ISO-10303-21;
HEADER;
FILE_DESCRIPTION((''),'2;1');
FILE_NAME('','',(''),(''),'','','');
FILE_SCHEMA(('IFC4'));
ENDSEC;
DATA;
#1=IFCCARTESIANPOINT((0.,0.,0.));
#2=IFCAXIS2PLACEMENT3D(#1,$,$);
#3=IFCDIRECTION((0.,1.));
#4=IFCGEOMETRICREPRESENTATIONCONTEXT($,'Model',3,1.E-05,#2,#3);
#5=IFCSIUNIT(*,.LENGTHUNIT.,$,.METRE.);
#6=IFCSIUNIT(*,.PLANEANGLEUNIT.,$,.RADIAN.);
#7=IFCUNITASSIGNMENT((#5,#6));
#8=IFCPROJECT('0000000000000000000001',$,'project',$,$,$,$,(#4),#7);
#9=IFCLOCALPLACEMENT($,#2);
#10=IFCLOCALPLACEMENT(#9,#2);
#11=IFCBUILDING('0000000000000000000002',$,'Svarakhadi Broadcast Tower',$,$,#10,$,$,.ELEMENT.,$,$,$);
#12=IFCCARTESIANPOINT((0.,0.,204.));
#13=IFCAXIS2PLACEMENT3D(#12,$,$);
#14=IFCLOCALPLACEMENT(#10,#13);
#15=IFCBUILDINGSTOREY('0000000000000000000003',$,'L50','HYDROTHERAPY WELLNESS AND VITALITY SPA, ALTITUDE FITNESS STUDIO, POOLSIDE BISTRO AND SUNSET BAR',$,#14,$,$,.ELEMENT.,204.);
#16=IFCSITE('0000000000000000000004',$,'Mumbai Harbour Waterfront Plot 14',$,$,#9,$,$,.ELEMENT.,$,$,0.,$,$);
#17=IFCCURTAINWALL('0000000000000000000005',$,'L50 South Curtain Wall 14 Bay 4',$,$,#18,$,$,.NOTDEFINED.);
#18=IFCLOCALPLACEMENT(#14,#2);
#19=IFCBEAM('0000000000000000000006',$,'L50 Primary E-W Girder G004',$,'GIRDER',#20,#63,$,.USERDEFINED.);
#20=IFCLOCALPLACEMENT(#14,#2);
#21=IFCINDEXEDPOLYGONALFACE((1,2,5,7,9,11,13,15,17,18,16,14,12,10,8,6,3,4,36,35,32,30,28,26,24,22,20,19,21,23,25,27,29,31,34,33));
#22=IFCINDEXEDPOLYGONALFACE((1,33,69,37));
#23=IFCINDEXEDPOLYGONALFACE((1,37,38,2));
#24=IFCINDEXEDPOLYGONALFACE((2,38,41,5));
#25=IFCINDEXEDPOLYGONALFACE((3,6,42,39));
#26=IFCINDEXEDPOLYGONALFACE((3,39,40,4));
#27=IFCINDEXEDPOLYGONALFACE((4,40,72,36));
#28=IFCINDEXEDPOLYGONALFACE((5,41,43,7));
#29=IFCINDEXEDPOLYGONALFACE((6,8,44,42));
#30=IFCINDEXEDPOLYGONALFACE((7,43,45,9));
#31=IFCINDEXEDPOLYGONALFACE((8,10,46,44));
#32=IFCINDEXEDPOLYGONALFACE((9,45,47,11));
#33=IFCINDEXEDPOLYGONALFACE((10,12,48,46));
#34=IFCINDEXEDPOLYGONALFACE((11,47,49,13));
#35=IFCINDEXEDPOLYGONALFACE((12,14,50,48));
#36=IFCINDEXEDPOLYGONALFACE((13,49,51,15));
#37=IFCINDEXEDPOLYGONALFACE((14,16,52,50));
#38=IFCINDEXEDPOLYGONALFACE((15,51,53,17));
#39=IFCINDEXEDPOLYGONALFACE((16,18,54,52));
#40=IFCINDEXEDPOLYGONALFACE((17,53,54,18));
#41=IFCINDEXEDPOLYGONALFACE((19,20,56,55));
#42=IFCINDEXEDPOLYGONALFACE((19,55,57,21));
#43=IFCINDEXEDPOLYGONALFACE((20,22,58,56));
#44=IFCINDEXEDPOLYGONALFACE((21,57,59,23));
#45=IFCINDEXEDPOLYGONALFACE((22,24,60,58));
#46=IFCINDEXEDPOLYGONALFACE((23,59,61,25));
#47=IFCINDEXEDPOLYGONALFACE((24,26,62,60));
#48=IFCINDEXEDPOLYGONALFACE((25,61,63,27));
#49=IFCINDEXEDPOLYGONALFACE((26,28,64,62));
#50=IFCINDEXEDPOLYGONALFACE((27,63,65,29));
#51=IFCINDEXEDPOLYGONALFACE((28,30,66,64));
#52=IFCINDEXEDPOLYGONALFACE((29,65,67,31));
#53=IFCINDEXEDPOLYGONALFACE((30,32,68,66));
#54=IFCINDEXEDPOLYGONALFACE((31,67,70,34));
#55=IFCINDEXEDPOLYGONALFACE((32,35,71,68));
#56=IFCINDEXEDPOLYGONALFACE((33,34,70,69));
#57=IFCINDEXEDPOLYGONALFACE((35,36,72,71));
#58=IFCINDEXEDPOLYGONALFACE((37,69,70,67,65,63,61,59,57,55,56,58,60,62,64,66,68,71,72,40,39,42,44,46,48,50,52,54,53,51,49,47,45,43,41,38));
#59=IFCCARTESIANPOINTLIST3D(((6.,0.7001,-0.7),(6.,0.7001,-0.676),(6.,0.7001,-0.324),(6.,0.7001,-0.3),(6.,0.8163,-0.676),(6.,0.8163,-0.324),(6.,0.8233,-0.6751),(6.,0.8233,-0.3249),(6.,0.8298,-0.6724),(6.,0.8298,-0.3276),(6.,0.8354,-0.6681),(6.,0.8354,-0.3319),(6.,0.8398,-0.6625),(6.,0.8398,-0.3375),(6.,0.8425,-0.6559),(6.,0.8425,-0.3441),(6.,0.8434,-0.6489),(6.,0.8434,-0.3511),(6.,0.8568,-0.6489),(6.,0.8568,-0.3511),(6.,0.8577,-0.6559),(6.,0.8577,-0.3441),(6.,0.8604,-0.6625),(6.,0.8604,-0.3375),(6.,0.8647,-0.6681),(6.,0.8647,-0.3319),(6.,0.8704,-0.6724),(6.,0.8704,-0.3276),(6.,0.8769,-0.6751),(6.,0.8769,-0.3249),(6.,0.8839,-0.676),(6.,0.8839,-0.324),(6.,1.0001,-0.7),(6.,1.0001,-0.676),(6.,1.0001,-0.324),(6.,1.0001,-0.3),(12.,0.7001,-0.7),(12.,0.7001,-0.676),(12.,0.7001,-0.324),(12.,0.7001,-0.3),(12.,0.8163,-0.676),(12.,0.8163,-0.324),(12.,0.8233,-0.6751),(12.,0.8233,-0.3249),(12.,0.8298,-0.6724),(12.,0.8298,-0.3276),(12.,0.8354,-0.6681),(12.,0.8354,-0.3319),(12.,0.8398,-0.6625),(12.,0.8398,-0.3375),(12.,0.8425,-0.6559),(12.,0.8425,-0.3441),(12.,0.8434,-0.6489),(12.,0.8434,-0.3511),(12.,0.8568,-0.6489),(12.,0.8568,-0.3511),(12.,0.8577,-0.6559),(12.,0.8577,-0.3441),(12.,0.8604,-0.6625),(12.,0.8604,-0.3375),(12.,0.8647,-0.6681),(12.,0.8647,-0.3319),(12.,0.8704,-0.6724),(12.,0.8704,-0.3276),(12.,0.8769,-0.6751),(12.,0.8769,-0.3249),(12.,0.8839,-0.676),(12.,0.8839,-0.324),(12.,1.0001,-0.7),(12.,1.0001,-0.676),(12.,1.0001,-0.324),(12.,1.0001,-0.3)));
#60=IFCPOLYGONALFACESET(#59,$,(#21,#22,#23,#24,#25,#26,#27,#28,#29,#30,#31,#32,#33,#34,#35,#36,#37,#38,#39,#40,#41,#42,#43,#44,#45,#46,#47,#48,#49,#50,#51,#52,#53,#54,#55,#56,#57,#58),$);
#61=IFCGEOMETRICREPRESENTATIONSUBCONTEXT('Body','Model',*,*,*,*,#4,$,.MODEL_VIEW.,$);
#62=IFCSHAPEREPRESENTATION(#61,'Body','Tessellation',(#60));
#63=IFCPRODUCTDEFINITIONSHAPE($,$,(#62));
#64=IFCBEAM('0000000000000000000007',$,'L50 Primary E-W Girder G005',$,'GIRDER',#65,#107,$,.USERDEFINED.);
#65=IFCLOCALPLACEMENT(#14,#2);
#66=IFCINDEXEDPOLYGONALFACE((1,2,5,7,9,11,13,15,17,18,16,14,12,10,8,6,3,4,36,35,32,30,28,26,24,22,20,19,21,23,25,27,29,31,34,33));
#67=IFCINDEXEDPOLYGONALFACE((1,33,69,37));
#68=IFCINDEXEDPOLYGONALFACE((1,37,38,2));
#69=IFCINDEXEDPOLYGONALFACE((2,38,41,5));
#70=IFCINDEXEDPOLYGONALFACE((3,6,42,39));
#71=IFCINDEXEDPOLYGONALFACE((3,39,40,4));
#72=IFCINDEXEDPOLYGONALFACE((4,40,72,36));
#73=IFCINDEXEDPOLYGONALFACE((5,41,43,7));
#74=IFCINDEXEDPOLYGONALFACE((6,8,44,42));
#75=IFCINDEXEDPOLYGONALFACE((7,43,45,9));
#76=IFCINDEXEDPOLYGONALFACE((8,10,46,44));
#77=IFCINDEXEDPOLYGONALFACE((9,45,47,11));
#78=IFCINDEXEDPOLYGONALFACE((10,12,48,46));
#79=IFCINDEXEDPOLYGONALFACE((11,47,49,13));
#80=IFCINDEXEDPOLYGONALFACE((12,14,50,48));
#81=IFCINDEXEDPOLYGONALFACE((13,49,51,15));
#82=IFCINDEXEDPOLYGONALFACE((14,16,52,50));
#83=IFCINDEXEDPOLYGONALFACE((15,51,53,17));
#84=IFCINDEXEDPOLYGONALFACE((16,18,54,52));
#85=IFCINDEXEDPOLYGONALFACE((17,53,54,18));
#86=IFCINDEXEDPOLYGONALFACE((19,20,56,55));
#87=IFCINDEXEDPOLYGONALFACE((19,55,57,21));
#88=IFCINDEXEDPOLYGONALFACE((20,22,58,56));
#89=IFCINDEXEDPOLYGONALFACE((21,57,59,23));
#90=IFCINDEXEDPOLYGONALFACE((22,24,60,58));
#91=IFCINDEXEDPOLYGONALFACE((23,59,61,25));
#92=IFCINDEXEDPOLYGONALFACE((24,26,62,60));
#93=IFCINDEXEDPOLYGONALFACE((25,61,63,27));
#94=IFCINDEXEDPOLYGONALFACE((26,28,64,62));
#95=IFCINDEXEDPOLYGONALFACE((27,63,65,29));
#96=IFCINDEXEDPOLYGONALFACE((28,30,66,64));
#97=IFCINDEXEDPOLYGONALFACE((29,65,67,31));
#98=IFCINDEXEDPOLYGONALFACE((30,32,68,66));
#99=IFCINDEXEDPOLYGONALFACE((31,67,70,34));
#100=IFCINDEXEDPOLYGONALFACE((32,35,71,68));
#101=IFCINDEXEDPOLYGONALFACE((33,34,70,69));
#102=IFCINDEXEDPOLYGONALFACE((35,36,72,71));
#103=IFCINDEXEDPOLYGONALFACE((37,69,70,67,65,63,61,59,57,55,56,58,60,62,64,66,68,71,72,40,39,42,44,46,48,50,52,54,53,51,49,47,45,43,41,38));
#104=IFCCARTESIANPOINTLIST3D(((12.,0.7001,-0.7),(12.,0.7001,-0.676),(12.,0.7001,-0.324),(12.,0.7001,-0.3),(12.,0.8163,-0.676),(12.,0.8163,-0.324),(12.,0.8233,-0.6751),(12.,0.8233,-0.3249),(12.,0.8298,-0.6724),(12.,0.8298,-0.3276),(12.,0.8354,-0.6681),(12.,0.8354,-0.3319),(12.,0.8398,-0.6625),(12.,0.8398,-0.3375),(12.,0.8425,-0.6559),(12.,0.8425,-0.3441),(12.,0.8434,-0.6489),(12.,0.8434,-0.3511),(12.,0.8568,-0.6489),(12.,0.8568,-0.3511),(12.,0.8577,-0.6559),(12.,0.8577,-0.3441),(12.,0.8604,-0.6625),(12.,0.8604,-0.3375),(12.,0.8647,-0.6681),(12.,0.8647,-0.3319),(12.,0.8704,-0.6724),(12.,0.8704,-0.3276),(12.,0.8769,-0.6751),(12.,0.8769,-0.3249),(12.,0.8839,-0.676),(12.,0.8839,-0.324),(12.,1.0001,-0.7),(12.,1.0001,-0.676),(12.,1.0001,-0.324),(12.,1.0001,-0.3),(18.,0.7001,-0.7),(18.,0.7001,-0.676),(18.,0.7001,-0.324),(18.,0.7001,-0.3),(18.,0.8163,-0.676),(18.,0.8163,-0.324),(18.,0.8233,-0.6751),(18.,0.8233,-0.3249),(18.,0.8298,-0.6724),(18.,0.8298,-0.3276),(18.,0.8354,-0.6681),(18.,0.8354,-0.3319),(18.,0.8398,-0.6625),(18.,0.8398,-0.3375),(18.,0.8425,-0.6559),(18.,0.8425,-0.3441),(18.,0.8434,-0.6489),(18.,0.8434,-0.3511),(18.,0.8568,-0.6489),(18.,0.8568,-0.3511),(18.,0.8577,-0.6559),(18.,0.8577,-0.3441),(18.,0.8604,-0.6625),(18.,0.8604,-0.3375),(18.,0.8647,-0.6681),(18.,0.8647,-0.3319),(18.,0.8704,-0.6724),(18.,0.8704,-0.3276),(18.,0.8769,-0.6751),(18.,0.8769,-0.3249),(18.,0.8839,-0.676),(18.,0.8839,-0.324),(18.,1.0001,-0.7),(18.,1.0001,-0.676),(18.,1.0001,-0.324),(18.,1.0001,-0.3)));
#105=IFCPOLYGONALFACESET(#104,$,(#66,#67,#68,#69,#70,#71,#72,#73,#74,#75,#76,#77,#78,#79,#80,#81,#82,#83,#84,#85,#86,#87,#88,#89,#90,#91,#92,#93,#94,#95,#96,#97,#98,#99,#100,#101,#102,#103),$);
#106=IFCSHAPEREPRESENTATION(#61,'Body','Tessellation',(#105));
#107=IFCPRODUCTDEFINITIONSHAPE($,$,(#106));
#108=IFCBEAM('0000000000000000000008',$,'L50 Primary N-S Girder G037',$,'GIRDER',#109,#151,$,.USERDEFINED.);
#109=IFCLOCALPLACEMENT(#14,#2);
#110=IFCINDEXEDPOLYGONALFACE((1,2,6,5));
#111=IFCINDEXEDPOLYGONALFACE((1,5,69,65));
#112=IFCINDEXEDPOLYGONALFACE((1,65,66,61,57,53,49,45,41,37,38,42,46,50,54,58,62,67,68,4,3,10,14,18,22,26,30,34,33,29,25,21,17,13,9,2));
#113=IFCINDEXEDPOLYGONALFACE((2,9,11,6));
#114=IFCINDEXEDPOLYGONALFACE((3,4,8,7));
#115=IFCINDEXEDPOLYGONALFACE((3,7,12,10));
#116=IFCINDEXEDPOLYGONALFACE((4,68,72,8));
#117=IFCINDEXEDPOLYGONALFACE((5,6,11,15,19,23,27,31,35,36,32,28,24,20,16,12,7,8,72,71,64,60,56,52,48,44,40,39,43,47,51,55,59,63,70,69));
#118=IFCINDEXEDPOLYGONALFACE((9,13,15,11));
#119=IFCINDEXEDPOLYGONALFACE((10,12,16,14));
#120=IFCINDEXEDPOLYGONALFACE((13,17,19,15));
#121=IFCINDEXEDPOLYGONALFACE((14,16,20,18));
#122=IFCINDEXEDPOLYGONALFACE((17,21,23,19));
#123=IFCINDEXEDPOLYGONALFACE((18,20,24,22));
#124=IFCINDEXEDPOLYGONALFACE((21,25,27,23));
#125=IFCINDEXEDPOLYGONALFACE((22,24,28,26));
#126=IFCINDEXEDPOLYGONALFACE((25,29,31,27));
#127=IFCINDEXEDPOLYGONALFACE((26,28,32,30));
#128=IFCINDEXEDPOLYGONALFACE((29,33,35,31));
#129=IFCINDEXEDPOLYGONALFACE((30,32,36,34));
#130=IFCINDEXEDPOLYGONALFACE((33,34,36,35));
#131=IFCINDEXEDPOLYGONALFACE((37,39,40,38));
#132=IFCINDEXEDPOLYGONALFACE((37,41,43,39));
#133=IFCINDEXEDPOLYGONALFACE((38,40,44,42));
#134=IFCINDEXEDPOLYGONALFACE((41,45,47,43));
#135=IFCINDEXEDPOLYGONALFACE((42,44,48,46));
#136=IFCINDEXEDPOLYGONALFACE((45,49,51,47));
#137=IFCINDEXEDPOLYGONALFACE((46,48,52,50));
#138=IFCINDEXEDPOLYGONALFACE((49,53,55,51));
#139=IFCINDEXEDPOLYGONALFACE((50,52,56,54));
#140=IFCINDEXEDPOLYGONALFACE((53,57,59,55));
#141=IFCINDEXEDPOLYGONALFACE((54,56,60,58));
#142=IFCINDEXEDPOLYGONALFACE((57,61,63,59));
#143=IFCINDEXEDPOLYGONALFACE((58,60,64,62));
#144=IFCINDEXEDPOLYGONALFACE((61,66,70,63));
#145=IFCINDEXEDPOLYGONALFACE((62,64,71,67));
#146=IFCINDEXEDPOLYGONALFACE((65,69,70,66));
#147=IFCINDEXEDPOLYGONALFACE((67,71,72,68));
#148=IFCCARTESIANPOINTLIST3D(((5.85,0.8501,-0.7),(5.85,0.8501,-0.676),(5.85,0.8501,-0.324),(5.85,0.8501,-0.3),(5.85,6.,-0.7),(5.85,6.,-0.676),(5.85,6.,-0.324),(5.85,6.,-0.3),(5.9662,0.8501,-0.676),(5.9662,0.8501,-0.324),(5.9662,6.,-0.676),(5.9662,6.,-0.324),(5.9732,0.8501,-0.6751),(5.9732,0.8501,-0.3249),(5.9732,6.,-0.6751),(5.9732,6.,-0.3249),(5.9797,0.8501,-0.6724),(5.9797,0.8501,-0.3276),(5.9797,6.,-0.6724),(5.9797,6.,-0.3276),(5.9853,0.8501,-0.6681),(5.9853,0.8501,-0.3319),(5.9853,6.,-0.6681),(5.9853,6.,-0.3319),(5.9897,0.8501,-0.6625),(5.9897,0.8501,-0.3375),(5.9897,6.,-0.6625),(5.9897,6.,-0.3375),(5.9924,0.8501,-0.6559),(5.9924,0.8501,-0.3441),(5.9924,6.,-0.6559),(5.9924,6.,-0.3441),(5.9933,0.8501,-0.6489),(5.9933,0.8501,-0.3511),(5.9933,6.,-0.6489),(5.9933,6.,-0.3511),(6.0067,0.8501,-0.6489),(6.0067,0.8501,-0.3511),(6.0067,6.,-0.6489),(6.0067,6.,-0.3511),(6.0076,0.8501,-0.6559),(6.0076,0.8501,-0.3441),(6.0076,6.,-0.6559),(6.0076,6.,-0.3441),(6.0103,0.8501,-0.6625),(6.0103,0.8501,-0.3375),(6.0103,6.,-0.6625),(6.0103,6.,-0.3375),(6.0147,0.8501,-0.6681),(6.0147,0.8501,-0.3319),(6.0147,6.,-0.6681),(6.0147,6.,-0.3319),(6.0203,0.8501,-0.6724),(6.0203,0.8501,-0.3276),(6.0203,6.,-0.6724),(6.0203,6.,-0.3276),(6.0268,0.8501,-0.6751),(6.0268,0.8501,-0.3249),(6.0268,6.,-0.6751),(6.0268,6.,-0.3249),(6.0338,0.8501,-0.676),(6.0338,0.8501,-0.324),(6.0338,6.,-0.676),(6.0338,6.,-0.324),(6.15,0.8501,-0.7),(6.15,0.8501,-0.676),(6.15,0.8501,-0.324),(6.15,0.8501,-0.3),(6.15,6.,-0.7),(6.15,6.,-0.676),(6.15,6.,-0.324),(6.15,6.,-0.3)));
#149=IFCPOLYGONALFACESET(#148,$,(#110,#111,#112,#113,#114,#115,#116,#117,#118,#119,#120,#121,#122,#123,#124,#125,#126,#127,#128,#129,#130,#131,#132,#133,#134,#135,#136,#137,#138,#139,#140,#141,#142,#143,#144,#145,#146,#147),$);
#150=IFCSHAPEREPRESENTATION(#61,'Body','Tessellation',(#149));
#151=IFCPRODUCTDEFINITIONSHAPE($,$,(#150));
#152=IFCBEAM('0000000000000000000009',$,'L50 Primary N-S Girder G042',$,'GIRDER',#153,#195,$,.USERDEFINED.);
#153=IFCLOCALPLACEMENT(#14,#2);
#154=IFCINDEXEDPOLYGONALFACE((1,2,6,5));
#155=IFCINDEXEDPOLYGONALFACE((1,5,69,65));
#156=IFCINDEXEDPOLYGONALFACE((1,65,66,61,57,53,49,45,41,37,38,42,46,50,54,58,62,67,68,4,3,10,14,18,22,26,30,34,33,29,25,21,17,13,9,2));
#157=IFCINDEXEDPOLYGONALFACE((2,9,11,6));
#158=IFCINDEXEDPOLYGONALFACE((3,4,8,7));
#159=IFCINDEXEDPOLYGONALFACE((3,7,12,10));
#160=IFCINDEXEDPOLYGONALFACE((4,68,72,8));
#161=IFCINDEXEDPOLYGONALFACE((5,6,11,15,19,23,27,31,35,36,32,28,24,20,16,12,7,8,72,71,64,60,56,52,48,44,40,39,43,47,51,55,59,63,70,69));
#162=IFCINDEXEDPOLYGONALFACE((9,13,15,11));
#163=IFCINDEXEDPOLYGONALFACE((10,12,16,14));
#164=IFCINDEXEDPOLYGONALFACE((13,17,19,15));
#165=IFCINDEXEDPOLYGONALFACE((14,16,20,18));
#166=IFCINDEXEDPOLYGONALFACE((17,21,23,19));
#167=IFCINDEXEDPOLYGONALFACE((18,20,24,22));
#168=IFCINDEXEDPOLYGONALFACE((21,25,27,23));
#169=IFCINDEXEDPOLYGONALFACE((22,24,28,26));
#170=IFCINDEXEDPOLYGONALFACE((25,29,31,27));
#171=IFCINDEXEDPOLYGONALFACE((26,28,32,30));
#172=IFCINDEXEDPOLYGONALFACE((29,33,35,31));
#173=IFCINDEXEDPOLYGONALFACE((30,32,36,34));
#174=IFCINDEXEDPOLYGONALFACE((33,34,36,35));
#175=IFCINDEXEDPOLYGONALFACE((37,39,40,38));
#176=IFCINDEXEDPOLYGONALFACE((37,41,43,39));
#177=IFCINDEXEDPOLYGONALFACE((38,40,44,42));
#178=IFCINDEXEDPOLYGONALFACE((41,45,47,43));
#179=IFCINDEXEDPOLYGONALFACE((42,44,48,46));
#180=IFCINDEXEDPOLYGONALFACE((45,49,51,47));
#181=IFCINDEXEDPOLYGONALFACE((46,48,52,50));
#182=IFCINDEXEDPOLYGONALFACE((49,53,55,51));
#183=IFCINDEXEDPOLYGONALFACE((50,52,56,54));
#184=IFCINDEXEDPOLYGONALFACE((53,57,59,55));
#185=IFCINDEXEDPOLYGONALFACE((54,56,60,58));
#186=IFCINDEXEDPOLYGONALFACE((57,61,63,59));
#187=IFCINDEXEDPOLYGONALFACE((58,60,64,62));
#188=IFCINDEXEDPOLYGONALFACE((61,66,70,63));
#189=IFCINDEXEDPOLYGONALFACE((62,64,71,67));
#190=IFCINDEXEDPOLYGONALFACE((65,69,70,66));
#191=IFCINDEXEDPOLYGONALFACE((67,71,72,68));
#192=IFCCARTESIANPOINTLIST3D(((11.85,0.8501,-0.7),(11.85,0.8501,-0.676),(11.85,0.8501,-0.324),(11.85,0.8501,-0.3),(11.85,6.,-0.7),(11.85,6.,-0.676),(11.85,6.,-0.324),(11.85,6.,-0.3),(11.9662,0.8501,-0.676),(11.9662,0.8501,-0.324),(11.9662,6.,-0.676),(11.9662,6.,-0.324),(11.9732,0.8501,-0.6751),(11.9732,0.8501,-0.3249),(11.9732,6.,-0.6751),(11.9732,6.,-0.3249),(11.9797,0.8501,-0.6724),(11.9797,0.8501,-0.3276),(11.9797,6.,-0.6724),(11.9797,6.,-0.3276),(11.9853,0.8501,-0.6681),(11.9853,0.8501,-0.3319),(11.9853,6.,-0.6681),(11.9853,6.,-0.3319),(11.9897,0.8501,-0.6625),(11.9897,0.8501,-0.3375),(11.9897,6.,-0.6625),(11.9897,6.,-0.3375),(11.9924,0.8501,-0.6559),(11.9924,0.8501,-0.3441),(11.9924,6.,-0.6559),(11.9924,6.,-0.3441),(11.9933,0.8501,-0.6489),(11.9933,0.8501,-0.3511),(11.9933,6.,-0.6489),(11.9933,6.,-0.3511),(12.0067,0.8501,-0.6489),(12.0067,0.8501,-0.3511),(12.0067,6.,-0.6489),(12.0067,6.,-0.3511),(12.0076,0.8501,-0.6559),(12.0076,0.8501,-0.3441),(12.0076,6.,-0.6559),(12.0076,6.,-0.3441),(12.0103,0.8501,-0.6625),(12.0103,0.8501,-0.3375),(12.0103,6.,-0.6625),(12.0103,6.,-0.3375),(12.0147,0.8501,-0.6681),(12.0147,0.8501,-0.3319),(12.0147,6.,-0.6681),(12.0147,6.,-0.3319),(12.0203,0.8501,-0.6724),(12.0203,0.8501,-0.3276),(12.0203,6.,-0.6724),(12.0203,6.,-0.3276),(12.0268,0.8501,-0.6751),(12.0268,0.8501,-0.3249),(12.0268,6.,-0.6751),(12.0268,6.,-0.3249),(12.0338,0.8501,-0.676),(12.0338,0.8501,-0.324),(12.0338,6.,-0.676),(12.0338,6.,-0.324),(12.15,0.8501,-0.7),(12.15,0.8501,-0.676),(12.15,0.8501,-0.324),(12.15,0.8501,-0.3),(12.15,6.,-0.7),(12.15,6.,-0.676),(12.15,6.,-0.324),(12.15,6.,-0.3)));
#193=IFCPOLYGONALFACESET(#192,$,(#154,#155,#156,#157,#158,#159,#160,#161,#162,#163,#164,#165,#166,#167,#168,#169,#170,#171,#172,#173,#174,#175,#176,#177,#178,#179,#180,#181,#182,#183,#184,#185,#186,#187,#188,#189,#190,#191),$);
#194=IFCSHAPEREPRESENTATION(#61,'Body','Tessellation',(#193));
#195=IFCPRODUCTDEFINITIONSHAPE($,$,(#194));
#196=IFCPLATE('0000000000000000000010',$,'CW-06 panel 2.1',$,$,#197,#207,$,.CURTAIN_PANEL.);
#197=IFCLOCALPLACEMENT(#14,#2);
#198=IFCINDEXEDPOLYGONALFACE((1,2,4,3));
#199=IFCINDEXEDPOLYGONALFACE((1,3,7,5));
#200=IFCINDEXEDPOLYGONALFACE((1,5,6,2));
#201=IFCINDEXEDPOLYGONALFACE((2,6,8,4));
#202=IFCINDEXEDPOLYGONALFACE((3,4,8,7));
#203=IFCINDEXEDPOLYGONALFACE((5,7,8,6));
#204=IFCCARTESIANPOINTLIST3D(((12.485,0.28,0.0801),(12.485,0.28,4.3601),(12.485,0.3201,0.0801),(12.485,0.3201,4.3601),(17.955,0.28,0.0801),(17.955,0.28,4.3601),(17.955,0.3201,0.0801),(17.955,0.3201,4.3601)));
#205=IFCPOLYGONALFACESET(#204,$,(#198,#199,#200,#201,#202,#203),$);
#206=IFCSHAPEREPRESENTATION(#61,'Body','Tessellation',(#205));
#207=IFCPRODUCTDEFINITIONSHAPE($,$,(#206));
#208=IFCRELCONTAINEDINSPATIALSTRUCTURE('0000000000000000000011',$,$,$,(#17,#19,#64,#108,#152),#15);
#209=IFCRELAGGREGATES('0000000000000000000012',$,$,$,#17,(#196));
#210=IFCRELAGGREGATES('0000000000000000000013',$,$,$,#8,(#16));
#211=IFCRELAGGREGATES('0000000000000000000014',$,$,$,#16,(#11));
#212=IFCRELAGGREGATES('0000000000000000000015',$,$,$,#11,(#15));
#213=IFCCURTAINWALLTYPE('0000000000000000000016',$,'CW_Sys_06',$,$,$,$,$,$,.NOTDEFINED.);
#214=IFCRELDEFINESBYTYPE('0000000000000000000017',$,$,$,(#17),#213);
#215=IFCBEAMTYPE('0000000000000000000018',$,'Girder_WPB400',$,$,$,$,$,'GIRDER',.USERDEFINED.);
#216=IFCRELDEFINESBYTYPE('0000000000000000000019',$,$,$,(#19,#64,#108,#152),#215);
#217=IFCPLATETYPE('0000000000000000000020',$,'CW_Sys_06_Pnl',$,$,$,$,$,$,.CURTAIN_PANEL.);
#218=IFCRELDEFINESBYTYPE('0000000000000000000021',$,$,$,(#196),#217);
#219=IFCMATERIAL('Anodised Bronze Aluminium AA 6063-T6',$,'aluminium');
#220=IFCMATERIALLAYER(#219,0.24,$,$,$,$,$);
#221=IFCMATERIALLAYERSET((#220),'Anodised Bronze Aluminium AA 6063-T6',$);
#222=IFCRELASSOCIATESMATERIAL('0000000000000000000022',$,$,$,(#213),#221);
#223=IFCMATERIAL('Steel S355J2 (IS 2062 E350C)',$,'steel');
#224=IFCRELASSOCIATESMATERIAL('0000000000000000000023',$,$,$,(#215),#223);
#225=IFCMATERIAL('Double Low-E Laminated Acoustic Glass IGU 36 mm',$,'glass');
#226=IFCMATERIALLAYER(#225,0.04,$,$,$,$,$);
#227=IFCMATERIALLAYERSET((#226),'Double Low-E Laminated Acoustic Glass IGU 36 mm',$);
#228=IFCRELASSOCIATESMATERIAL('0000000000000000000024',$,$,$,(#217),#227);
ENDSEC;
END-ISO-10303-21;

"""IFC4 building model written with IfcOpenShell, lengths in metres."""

from ifc_helpers import new_model, si_unit, direction, frame, origin, origin_2d, place, context, subcontext, project, spatial, rectangle, i_section, extrude, material, layer, layer_set, material_profile, profile_set, type_object, element, aggregate, save


model = new_model("IFC4")

# Units and contexts
model_context = context("Model", 3, precision=1e-05, world=origin(), true_north=direction((0.0, 1.0)))
body_context = subcontext(model_context, "Body", "Model", "MODEL_VIEW")
ifc_project = project(units=[si_unit("LENGTHUNIT", "METRE"), si_unit("PLANEANGLEUNIT", "RADIAN")], contexts=[model_context])

# Site, building, storey
site_placement = place(None, origin())
site = spatial("IfcSite", under=ifc_project, at=site_placement, Name="Mumbai Harbour Waterfront Plot 14", CompositionType="ELEMENT", RefElevation=0.0)
building_placement = place(site_placement, origin())
building = spatial("IfcBuilding", under=site, at=building_placement, Name="Svarakhadi Broadcast Tower", CompositionType="ELEMENT")
storey_placement = place(building_placement, frame((0.0, 0.0, 204.0)))
storey = spatial("IfcBuildingStorey", under=building, at=storey_placement, Name="L50", Description="HYDROTHERAPY WELLNESS AND VITALITY SPA, ALTITUDE FITNESS STUDIO, POOLSIDE BISTRO AND SUNSET BAR", CompositionType="ELEMENT", Elevation=204.0)

# Curtain wall
ifc_material_1 = material(Name="Anodised Bronze Aluminium AA 6063-T6", Category="aluminium")
ifc_layer_1 = layer(ifc_material_1, 0.24)
ifc_layer_set_1 = layer_set([ifc_layer_1], Name="Anodised Bronze Aluminium AA 6063-T6")
curtain_wall_type = type_object("IfcCurtainWallType", Name="CW_Sys_06", PredefinedType="NOTDEFINED", material=ifc_layer_set_1)
curtain_wall_1_placement = place(storey_placement, origin())
curtain_wall_1 = element("IfcCurtainWall", 1, at=curtain_wall_1_placement, inside=storey, type_object=curtain_wall_type, Name="L50 South Curtain Wall 14 Bay 4", PredefinedType="NOTDEFINED")

# Beams
ifc_material_2 = material(Name="Steel S355J2 (IS 2062 E350C)", Category="steel")
ifc_material_profile_1 = material_profile(ifc_material_2, i_section(OverallWidth=0.3, OverallDepth=0.3999, WebThickness=0.0134, FlangeThickness=0.0239, FilletRadius=0.0271, at=origin_2d()), Name="WPB 400x300x155")
ifc_profile_set_1 = profile_set([ifc_material_profile_1], Name="Steel S355J2 (IS 2062 E350C)")
beam_type = type_object("IfcBeamType", Name="Girder_WPB400", ElementType="GIRDER", PredefinedType="USERDEFINED", material=ifc_profile_set_1)
for number, where, z_axis, x_axis, name in (
    (2, (6.0, 0.8501, -0.5), (1.0, 0.0, 0.0), (0.0, 1.0, 0.0), "L50 Primary E-W Girder G004"),
    (3, (12.0, 0.8501, -0.5), (1.0, 0.0, 0.0), (0.0, 1.0, 0.0), "L50 Primary E-W Girder G005"),
):
    element("IfcBeam", number, at=place(storey_placement, frame(where, z_axis=z_axis, x_axis=x_axis)), inside=storey, type_object=beam_type, Name=name, ObjectType="GIRDER", PredefinedType="USERDEFINED", context=body_context, shape_type="SweptSolid", body=[
        extrude(i_section(OverallWidth=0.3, OverallDepth=0.3999, WebThickness=0.0134, FlangeThickness=0.0239, FilletRadius=0.0271, at=origin_2d()), origin(), (0.0, 0.0, 1.0), 6.0),
    ])
for number, where, z_axis, x_axis, name in (
    (4, (6.0, 0.8501, -0.5), (0.0, 1.0, 0.0), (-1.0, 0.0, 0.0), "L50 Primary N-S Girder G037"),
    (5, (12.0, 0.8501, -0.5), (0.0, 1.0, 0.0), (-1.0, 0.0, 0.0), "L50 Primary N-S Girder G042"),
):
    element("IfcBeam", number, at=place(storey_placement, frame(where, z_axis=z_axis, x_axis=x_axis)), inside=storey, type_object=beam_type, Name=name, ObjectType="GIRDER", PredefinedType="USERDEFINED", context=body_context, shape_type="SweptSolid", body=[
        extrude(i_section(OverallWidth=0.3, OverallDepth=0.3999, WebThickness=0.0134, FlangeThickness=0.0239, FilletRadius=0.0271, at=origin_2d()), origin(), (0.0, 0.0, 1.0), 5.1499),
    ])

# Plate
ifc_material_3 = material(Name="Double Low-E Laminated Acoustic Glass IGU 36 mm", Category="glass")
ifc_layer_2 = layer(ifc_material_3, 0.04)
ifc_layer_set_2 = layer_set([ifc_layer_2], Name="Double Low-E Laminated Acoustic Glass IGU 36 mm")
plate_type_1 = type_object("IfcPlateType", Name="CW_Sys_06_Pnl", PredefinedType="CURTAIN_PANEL", material=ifc_layer_set_2)
plate_1_placement = place(storey_placement, frame((15.22, 0.3, 0.0801), z_axis=(0.0, 0.0, 1.0), x_axis=(-1.0, 0.0, 0.0)))
plate_1 = element("IfcPlate", 6, at=plate_1_placement, type_object=plate_type_1, Name="CW-06 panel 2.1", PredefinedType="CURTAIN_PANEL", context=body_context, shape_type="SweptSolid", body=[
    extrude(rectangle(XDim=5.47, YDim=0.04, at=origin_2d()), origin(), (0.0, 0.0, 1.0), 4.28),
])
aggregate(curtain_wall_1, [plate_1])

save(model, "model.ifc")
